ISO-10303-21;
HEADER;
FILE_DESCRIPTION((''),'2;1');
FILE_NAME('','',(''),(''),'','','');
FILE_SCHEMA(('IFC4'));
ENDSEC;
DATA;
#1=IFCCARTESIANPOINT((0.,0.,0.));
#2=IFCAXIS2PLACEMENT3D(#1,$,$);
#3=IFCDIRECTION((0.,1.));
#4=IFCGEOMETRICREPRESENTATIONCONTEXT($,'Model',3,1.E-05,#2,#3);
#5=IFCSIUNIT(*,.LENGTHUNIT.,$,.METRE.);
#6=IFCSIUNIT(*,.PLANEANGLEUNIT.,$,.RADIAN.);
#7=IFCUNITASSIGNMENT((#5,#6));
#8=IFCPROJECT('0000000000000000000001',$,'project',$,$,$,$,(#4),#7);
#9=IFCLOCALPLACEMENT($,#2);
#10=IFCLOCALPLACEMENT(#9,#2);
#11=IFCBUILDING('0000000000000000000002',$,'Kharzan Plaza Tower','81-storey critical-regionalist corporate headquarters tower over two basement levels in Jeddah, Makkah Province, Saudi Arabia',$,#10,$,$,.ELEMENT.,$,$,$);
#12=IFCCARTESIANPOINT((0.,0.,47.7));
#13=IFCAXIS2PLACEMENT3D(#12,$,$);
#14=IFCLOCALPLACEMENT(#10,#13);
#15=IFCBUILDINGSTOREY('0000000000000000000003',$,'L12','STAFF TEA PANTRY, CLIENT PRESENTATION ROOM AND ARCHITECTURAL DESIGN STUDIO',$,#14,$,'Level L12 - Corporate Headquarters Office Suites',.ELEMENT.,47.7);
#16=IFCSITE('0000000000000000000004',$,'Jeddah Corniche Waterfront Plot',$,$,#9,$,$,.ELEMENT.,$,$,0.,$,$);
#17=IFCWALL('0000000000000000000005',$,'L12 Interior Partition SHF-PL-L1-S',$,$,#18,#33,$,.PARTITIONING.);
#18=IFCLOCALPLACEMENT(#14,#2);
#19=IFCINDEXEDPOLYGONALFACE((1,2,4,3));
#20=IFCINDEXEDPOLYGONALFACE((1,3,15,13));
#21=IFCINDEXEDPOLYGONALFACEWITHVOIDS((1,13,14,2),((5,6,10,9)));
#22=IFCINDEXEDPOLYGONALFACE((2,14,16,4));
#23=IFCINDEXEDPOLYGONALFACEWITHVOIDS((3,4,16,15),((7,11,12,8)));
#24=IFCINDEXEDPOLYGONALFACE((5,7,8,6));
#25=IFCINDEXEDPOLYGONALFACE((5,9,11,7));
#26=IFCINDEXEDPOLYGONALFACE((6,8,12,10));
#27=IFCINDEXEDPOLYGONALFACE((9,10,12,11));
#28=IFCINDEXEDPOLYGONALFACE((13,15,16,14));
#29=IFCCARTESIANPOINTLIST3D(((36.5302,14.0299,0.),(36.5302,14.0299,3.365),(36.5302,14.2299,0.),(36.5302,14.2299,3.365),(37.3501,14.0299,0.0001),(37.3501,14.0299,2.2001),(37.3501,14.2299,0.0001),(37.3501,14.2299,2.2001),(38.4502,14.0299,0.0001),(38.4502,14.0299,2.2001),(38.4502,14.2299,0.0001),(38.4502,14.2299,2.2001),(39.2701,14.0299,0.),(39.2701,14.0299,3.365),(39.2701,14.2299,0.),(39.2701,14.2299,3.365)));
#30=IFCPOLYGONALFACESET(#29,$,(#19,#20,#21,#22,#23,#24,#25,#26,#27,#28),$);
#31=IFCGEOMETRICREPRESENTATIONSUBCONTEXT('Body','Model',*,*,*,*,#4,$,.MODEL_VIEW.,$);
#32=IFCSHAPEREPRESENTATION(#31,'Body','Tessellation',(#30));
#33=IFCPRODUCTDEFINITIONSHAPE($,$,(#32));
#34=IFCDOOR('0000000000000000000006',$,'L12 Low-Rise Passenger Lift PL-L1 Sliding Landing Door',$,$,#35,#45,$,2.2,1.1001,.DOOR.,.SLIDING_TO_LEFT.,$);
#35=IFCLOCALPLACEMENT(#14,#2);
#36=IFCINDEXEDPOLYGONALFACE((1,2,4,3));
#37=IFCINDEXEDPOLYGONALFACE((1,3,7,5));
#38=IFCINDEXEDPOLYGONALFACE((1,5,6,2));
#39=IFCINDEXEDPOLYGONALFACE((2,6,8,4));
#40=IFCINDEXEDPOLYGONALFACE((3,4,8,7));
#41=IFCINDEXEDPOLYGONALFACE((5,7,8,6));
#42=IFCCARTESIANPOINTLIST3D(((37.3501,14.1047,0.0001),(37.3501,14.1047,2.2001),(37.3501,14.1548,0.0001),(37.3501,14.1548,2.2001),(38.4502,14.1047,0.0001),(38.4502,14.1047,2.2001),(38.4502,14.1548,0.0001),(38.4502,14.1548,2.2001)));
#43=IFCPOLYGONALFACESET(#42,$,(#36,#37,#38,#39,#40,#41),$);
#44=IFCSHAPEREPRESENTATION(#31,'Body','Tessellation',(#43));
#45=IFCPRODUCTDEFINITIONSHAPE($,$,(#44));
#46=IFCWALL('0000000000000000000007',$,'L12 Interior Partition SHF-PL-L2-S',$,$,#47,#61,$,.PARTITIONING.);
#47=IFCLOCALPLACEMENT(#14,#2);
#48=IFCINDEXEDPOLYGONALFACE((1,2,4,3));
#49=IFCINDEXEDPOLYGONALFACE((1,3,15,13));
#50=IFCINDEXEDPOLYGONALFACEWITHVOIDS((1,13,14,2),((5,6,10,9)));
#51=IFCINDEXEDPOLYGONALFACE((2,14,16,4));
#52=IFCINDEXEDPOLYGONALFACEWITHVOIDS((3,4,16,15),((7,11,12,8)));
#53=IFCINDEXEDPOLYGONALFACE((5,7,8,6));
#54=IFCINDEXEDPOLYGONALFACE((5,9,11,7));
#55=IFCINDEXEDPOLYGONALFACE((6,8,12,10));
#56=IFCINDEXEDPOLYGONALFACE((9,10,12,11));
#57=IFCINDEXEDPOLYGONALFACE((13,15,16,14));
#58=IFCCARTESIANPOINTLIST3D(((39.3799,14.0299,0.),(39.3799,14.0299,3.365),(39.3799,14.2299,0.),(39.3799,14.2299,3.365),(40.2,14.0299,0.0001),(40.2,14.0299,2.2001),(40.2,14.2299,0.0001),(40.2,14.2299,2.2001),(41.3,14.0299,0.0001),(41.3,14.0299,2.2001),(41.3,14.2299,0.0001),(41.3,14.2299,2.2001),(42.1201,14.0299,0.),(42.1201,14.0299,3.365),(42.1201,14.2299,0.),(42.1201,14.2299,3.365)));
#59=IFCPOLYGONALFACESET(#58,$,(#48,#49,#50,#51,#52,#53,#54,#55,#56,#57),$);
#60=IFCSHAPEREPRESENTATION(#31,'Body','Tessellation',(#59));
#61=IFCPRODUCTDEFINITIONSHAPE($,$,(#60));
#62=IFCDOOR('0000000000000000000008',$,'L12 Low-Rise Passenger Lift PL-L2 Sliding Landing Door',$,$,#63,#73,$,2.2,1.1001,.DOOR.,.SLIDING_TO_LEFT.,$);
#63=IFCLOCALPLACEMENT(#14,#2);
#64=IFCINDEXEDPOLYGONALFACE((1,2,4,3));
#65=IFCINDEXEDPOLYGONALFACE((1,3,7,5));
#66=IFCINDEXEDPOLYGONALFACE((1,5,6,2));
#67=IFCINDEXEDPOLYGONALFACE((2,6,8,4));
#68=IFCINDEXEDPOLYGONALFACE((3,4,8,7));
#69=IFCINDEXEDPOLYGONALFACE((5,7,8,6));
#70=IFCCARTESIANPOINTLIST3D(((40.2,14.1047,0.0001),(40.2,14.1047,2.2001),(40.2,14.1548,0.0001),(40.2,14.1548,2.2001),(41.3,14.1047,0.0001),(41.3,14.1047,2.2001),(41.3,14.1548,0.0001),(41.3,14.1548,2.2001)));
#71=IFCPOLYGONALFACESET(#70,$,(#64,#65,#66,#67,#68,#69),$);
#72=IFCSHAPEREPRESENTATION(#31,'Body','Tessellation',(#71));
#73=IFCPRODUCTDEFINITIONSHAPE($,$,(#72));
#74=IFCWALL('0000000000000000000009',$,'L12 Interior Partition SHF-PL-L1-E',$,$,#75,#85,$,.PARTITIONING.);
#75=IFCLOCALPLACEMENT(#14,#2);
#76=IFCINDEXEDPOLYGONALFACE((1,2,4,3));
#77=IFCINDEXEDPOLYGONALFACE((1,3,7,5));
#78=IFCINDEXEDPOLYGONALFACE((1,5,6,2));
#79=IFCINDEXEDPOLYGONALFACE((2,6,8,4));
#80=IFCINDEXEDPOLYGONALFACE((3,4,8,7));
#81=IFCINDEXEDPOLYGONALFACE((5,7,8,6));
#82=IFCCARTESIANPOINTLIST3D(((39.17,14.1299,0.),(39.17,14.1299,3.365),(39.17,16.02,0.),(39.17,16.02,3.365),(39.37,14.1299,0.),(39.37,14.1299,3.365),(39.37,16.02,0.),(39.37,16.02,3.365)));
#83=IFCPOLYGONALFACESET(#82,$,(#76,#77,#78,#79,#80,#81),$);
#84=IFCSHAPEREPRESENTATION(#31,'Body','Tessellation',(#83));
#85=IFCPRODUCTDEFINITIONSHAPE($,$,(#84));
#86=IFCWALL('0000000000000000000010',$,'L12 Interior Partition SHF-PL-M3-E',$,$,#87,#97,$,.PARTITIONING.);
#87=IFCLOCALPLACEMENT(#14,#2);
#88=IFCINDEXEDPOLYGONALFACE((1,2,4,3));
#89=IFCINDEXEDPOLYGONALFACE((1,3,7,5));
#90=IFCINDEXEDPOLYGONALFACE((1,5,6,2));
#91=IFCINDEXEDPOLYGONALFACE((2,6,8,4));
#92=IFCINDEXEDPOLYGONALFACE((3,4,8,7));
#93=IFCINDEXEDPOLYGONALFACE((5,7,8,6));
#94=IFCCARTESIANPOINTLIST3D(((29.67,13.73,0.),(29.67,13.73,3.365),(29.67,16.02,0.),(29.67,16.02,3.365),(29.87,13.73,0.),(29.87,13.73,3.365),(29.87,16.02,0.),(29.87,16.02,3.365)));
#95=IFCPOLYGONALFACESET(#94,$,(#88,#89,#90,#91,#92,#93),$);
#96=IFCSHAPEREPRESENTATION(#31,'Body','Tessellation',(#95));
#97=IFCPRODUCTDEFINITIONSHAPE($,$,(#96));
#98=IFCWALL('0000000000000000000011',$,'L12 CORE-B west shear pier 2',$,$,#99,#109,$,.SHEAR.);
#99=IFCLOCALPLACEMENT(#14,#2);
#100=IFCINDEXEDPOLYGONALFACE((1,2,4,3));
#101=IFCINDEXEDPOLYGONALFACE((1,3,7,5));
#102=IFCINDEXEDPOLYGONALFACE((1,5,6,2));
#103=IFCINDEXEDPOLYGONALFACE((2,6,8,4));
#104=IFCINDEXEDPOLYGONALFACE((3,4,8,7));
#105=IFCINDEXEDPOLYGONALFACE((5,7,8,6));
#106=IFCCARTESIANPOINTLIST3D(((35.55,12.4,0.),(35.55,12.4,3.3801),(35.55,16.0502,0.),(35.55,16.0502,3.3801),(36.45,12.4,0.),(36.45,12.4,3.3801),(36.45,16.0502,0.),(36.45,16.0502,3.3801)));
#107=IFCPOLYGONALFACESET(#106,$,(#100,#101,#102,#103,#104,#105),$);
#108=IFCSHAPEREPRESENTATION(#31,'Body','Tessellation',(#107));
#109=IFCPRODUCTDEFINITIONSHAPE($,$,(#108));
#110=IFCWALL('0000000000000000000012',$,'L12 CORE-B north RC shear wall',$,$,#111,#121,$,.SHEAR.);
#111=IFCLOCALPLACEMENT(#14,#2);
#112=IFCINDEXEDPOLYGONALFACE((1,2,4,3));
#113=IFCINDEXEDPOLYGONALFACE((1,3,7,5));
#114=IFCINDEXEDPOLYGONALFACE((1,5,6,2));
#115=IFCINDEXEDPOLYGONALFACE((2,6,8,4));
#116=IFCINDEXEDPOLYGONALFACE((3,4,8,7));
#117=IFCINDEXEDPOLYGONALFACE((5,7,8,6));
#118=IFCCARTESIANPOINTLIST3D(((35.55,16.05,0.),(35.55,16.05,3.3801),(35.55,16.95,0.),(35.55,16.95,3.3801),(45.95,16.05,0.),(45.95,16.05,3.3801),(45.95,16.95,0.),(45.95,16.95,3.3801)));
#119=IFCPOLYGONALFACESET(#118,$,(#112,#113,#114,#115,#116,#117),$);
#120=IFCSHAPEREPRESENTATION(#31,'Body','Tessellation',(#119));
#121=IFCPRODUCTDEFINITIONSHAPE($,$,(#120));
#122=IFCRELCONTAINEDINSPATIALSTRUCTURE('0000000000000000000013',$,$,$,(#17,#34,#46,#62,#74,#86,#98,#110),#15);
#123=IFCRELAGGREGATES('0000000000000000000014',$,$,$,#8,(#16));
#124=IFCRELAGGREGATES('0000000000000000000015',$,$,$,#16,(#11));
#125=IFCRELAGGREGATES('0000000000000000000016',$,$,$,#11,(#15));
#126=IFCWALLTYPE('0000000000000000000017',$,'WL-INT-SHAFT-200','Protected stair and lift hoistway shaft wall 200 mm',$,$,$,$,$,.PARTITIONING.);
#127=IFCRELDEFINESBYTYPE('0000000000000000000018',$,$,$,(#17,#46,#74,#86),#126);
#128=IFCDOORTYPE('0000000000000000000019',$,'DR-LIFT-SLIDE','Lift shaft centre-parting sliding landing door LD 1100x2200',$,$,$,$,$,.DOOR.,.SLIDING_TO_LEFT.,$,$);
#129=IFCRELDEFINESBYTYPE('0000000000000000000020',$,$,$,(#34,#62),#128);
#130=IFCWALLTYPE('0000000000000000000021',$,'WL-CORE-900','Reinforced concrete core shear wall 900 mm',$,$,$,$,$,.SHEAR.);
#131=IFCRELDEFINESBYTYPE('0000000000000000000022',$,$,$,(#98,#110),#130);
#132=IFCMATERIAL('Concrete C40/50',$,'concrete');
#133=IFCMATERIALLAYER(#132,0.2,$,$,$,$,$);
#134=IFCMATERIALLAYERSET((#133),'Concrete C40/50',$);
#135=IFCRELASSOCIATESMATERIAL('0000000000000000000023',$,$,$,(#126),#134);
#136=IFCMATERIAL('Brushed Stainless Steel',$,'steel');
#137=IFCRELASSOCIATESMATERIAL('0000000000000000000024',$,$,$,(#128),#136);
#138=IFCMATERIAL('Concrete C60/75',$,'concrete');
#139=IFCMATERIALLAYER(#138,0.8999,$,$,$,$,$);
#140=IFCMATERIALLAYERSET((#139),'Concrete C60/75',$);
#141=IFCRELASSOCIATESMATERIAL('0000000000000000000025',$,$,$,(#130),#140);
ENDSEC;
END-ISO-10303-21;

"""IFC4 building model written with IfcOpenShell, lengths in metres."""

from ifc_helpers import new_model, si_unit, direction, frame, frame_2d, origin, place, context, subcontext, project, spatial, rectangle, extrude, source, transform, mapped, material, layer, layer_set, type_object, element, fill, save


model = new_model("IFC4")

# Units and contexts
model_context = context("Model", 3, precision=1e-05, world=origin(), true_north=direction((0.0, 1.0)))
body_context = subcontext(model_context, "Body", "Model", "MODEL_VIEW")
ifc_project = project(units=[si_unit("LENGTHUNIT", "METRE"), si_unit("PLANEANGLEUNIT", "RADIAN")], contexts=[model_context])

# Site, building, storey
site_placement = place(None, origin())
site = spatial("IfcSite", under=ifc_project, at=site_placement, Name="Jeddah Corniche Waterfront Plot", CompositionType="ELEMENT", RefElevation=0.0)
building_placement = place(site_placement, origin())
building = spatial("IfcBuilding", under=site, at=building_placement, Name="Kharzan Plaza Tower", Description="81-storey critical-regionalist corporate headquarters tower over two basement levels in Jeddah, Makkah Province, Saudi Arabia", CompositionType="ELEMENT")
storey_placement = place(building_placement, frame((0.0, 0.0, 47.7)))
storey = spatial("IfcBuildingStorey", under=building, at=storey_placement, Name="L12", Description="STAFF TEA PANTRY, CLIENT PRESENTATION ROOM AND ARCHITECTURAL DESIGN STUDIO", LongName="Level L12 - Corporate Headquarters Office Suites", CompositionType="ELEMENT", Elevation=47.7)

# Shared definitions
ifc_material_1 = material(Name="Concrete C60/75", Category="concrete")

# Walls, openings, doors
ifc_material_2 = material(Name="Concrete C40/50", Category="concrete")
ifc_layer_1 = layer(ifc_material_2, 0.2)
ifc_layer_set_1 = layer_set([ifc_layer_1], Name="Concrete C40/50")
wall_type_1 = type_object("IfcWallType", Name="WL-INT-SHAFT-200", Description="Protected stair and lift hoistway shaft wall 200 mm", PredefinedType="PARTITIONING", material=ifc_layer_set_1)
wall_1_placement = place(storey_placement, frame((36.53, 14.1299, 0.0), z_axis=(0.0, 0.0, 1.0), x_axis=(1.0, 0.0, 0.0)))
wall_1 = element("IfcWall", 1, at=wall_1_placement, inside=storey, type_object=wall_type_1, Name="L12 Interior Partition SHF-PL-L1-S", PredefinedType="PARTITIONING", context=body_context, shape_type="SweptSolid", body=[
    extrude(rectangle(XDim=2.74, YDim=0.2, at=frame_2d((1.3701, 0.0))), origin(), (0.0, 0.0, 1.0), 3.365),
])
opening_1_placement = place(wall_1_placement, frame((0.8201, 0.0, 0.0)))
opening_1 = element("IfcOpeningElement", 2, at=opening_1_placement, cuts=wall_1, PredefinedType="OPENING", context=body_context, shape_type="SweptSolid", body=[
    extrude(rectangle(XDim=1.1001, YDim=2.2, at=frame_2d((0.55, 1.1001))), frame((0.0, 0.1099, 0.0), z_axis=(0.0, -1.0, 0.0), x_axis=(1.0, 0.0, 0.0)), (0.0, 0.0, 1.0), 0.22),
])
ifc_material_3 = material(Name="Brushed Stainless Steel", Category="steel")
door_type_1 = type_object("IfcDoorType", Name="DR-LIFT-SLIDE", Description="Lift shaft centre-parting sliding landing door LD 1100x2200", OperationType="SLIDING_TO_LEFT", PredefinedType="DOOR", material=ifc_material_3)
shared_shape_1 = source(origin(), body_context, "Body", "SweptSolid", [
    extrude(rectangle(XDim=1.1001, YDim=2.2, at=frame_2d((0.55, 1.1001))), frame((0.0, 0.0249, 0.0), z_axis=(0.0, -1.0, 0.0), x_axis=(1.0, 0.0, 0.0)), (0.0, 0.0, 1.0), 0.05),
])
door_1_placement = place(opening_1_placement, origin())
door_1 = element("IfcDoor", 3, at=door_1_placement, inside=storey, type_object=door_type_1, Name="L12 Low-Rise Passenger Lift PL-L1 Sliding Landing Door", OperationType="SLIDING_TO_LEFT", OverallHeight=2.2, OverallWidth=1.1001, PredefinedType="DOOR", context=body_context, shape_type="MappedRepresentation", body=[
    mapped(shared_shape_1, transform((0.0, 0.0, 0.0), x_axis=(1.0, 0.0, 0.0), y_axis=(0.0, 1.0, 0.0), z_axis=(0.0, 0.0, 1.0))),
])
fill(opening_1, door_1)
wall_2_placement = place(storey_placement, frame((39.3799, 14.1299, 0.0), z_axis=(0.0, 0.0, 1.0), x_axis=(1.0, 0.0, 0.0)))
wall_2 = element("IfcWall", 4, at=wall_2_placement, inside=storey, type_object=wall_type_1, Name="L12 Interior Partition SHF-PL-L2-S", PredefinedType="PARTITIONING", context=body_context, shape_type="SweptSolid", body=[
    extrude(rectangle(XDim=2.7402, YDim=0.2, at=frame_2d((1.3701, 0.0))), origin(), (0.0, 0.0, 1.0), 3.365),
])
opening_2_placement = place(wall_2_placement, frame((0.8201, 0.0, 0.0)))
opening_2 = element("IfcOpeningElement", 5, at=opening_2_placement, cuts=wall_2, PredefinedType="OPENING", context=body_context, shape_type="SweptSolid", body=[
    extrude(rectangle(XDim=1.1001, YDim=2.2, at=frame_2d((0.55, 1.1001))), frame((0.0, 0.1099, 0.0), z_axis=(0.0, -1.0, 0.0), x_axis=(1.0, 0.0, 0.0)), (0.0, 0.0, 1.0), 0.22),
])
door_2_placement = place(opening_2_placement, origin())
door_2 = element("IfcDoor", 6, at=door_2_placement, inside=storey, type_object=door_type_1, Name="L12 Low-Rise Passenger Lift PL-L2 Sliding Landing Door", OperationType="SLIDING_TO_LEFT", OverallHeight=2.2, OverallWidth=1.1001, PredefinedType="DOOR", context=body_context, shape_type="MappedRepresentation", body=[
    mapped(shared_shape_1, transform((0.0, 0.0, 0.0), x_axis=(1.0, 0.0, 0.0), y_axis=(0.0, 1.0, 0.0), z_axis=(0.0, 0.0, 1.0))),
])
fill(opening_2, door_2)

# Walls
shared_shape_2 = source(origin(), body_context, "Body", "SweptSolid", [
    extrude(rectangle(XDim=1.8901, YDim=0.2, at=frame_2d((0.9451, 0.0))), origin(), (0.0, 0.0, 1.0), 3.365),
])
wall_3_placement = place(storey_placement, frame((39.27, 14.1299, 0.0), z_axis=(0.0, 0.0, 1.0), x_axis=(0.0, 1.0, 0.0)))
element("IfcWall", 7, at=wall_3_placement, inside=storey, type_object=wall_type_1, Name="L12 Interior Partition SHF-PL-L1-E", PredefinedType="PARTITIONING", context=body_context, shape_type="MappedRepresentation", body=[
    mapped(shared_shape_2, transform((0.0, 0.0, 0.0), x_axis=(1.0, 0.0, 0.0), y_axis=(0.0, 1.0, 0.0), z_axis=(0.0, 0.0, 1.0))),
])
shared_shape_3 = source(origin(), body_context, "Body", "SweptSolid", [
    extrude(rectangle(XDim=2.29, YDim=0.2, at=frame_2d((1.145, 0.0))), origin(), (0.0, 0.0, 1.0), 3.365),
])
wall_4_placement = place(storey_placement, frame((29.77, 13.73, 0.0), z_axis=(0.0, 0.0, 1.0), x_axis=(0.0, 1.0, 0.0)))
element("IfcWall", 8, at=wall_4_placement, inside=storey, type_object=wall_type_1, Name="L12 Interior Partition SHF-PL-M3-E", PredefinedType="PARTITIONING", context=body_context, shape_type="MappedRepresentation", body=[
    mapped(shared_shape_3, transform((0.0, 0.0, 0.0), x_axis=(1.0, 0.0, 0.0), y_axis=(0.0, 1.0, 0.0), z_axis=(0.0, 0.0, 1.0))),
])
ifc_layer_2 = layer(ifc_material_1, 0.8999)
ifc_layer_set_2 = layer_set([ifc_layer_2], Name="Concrete C60/75")
wall_type_2 = type_object("IfcWallType", Name="WL-CORE-900", Description="Reinforced concrete core shear wall 900 mm", PredefinedType="SHEAR", material=ifc_layer_set_2)
shared_shape_4 = source(origin(), body_context, "Body", "SweptSolid", [
    extrude(rectangle(XDim=3.6501, YDim=0.8999, at=frame_2d((1.8252, 0.0))), origin(), (0.0, 0.0, 1.0), 3.3801),
])
wall_5_placement = place(storey_placement, frame((36.0, 12.3999, 0.0), z_axis=(0.0, 0.0, 1.0), x_axis=(0.0, 1.0, 0.0)))
element("IfcWall", 9, at=wall_5_placement, inside=storey, type_object=wall_type_2, Name="L12 CORE-B west shear pier 2", PredefinedType="SHEAR", context=body_context, shape_type="MappedRepresentation", body=[
    mapped(shared_shape_4, transform((0.0, 0.0, 0.0), x_axis=(1.0, 0.0, 0.0), y_axis=(0.0, 1.0, 0.0), z_axis=(0.0, 0.0, 1.0))),
])
shared_shape_5 = source(origin(), body_context, "Body", "SweptSolid", [
    extrude(rectangle(XDim=10.3999, YDim=0.8999, at=frame_2d((5.2, 0.0))), origin(), (0.0, 0.0, 1.0), 3.3801),
])
wall_6_placement = place(storey_placement, frame((35.55, 16.5, 0.0), z_axis=(0.0, 0.0, 1.0), x_axis=(1.0, 0.0, 0.0)))
element("IfcWall", 10, at=wall_6_placement, inside=storey, type_object=wall_type_2, Name="L12 CORE-B north RC shear wall", PredefinedType="SHEAR", context=body_context, shape_type="MappedRepresentation", body=[
    mapped(shared_shape_5, transform((0.0, 0.0, 0.0), x_axis=(1.0, 0.0, 0.0), y_axis=(0.0, 1.0, 0.0), z_axis=(0.0, 0.0, 1.0))),
])

save(model, "model.ifc")
